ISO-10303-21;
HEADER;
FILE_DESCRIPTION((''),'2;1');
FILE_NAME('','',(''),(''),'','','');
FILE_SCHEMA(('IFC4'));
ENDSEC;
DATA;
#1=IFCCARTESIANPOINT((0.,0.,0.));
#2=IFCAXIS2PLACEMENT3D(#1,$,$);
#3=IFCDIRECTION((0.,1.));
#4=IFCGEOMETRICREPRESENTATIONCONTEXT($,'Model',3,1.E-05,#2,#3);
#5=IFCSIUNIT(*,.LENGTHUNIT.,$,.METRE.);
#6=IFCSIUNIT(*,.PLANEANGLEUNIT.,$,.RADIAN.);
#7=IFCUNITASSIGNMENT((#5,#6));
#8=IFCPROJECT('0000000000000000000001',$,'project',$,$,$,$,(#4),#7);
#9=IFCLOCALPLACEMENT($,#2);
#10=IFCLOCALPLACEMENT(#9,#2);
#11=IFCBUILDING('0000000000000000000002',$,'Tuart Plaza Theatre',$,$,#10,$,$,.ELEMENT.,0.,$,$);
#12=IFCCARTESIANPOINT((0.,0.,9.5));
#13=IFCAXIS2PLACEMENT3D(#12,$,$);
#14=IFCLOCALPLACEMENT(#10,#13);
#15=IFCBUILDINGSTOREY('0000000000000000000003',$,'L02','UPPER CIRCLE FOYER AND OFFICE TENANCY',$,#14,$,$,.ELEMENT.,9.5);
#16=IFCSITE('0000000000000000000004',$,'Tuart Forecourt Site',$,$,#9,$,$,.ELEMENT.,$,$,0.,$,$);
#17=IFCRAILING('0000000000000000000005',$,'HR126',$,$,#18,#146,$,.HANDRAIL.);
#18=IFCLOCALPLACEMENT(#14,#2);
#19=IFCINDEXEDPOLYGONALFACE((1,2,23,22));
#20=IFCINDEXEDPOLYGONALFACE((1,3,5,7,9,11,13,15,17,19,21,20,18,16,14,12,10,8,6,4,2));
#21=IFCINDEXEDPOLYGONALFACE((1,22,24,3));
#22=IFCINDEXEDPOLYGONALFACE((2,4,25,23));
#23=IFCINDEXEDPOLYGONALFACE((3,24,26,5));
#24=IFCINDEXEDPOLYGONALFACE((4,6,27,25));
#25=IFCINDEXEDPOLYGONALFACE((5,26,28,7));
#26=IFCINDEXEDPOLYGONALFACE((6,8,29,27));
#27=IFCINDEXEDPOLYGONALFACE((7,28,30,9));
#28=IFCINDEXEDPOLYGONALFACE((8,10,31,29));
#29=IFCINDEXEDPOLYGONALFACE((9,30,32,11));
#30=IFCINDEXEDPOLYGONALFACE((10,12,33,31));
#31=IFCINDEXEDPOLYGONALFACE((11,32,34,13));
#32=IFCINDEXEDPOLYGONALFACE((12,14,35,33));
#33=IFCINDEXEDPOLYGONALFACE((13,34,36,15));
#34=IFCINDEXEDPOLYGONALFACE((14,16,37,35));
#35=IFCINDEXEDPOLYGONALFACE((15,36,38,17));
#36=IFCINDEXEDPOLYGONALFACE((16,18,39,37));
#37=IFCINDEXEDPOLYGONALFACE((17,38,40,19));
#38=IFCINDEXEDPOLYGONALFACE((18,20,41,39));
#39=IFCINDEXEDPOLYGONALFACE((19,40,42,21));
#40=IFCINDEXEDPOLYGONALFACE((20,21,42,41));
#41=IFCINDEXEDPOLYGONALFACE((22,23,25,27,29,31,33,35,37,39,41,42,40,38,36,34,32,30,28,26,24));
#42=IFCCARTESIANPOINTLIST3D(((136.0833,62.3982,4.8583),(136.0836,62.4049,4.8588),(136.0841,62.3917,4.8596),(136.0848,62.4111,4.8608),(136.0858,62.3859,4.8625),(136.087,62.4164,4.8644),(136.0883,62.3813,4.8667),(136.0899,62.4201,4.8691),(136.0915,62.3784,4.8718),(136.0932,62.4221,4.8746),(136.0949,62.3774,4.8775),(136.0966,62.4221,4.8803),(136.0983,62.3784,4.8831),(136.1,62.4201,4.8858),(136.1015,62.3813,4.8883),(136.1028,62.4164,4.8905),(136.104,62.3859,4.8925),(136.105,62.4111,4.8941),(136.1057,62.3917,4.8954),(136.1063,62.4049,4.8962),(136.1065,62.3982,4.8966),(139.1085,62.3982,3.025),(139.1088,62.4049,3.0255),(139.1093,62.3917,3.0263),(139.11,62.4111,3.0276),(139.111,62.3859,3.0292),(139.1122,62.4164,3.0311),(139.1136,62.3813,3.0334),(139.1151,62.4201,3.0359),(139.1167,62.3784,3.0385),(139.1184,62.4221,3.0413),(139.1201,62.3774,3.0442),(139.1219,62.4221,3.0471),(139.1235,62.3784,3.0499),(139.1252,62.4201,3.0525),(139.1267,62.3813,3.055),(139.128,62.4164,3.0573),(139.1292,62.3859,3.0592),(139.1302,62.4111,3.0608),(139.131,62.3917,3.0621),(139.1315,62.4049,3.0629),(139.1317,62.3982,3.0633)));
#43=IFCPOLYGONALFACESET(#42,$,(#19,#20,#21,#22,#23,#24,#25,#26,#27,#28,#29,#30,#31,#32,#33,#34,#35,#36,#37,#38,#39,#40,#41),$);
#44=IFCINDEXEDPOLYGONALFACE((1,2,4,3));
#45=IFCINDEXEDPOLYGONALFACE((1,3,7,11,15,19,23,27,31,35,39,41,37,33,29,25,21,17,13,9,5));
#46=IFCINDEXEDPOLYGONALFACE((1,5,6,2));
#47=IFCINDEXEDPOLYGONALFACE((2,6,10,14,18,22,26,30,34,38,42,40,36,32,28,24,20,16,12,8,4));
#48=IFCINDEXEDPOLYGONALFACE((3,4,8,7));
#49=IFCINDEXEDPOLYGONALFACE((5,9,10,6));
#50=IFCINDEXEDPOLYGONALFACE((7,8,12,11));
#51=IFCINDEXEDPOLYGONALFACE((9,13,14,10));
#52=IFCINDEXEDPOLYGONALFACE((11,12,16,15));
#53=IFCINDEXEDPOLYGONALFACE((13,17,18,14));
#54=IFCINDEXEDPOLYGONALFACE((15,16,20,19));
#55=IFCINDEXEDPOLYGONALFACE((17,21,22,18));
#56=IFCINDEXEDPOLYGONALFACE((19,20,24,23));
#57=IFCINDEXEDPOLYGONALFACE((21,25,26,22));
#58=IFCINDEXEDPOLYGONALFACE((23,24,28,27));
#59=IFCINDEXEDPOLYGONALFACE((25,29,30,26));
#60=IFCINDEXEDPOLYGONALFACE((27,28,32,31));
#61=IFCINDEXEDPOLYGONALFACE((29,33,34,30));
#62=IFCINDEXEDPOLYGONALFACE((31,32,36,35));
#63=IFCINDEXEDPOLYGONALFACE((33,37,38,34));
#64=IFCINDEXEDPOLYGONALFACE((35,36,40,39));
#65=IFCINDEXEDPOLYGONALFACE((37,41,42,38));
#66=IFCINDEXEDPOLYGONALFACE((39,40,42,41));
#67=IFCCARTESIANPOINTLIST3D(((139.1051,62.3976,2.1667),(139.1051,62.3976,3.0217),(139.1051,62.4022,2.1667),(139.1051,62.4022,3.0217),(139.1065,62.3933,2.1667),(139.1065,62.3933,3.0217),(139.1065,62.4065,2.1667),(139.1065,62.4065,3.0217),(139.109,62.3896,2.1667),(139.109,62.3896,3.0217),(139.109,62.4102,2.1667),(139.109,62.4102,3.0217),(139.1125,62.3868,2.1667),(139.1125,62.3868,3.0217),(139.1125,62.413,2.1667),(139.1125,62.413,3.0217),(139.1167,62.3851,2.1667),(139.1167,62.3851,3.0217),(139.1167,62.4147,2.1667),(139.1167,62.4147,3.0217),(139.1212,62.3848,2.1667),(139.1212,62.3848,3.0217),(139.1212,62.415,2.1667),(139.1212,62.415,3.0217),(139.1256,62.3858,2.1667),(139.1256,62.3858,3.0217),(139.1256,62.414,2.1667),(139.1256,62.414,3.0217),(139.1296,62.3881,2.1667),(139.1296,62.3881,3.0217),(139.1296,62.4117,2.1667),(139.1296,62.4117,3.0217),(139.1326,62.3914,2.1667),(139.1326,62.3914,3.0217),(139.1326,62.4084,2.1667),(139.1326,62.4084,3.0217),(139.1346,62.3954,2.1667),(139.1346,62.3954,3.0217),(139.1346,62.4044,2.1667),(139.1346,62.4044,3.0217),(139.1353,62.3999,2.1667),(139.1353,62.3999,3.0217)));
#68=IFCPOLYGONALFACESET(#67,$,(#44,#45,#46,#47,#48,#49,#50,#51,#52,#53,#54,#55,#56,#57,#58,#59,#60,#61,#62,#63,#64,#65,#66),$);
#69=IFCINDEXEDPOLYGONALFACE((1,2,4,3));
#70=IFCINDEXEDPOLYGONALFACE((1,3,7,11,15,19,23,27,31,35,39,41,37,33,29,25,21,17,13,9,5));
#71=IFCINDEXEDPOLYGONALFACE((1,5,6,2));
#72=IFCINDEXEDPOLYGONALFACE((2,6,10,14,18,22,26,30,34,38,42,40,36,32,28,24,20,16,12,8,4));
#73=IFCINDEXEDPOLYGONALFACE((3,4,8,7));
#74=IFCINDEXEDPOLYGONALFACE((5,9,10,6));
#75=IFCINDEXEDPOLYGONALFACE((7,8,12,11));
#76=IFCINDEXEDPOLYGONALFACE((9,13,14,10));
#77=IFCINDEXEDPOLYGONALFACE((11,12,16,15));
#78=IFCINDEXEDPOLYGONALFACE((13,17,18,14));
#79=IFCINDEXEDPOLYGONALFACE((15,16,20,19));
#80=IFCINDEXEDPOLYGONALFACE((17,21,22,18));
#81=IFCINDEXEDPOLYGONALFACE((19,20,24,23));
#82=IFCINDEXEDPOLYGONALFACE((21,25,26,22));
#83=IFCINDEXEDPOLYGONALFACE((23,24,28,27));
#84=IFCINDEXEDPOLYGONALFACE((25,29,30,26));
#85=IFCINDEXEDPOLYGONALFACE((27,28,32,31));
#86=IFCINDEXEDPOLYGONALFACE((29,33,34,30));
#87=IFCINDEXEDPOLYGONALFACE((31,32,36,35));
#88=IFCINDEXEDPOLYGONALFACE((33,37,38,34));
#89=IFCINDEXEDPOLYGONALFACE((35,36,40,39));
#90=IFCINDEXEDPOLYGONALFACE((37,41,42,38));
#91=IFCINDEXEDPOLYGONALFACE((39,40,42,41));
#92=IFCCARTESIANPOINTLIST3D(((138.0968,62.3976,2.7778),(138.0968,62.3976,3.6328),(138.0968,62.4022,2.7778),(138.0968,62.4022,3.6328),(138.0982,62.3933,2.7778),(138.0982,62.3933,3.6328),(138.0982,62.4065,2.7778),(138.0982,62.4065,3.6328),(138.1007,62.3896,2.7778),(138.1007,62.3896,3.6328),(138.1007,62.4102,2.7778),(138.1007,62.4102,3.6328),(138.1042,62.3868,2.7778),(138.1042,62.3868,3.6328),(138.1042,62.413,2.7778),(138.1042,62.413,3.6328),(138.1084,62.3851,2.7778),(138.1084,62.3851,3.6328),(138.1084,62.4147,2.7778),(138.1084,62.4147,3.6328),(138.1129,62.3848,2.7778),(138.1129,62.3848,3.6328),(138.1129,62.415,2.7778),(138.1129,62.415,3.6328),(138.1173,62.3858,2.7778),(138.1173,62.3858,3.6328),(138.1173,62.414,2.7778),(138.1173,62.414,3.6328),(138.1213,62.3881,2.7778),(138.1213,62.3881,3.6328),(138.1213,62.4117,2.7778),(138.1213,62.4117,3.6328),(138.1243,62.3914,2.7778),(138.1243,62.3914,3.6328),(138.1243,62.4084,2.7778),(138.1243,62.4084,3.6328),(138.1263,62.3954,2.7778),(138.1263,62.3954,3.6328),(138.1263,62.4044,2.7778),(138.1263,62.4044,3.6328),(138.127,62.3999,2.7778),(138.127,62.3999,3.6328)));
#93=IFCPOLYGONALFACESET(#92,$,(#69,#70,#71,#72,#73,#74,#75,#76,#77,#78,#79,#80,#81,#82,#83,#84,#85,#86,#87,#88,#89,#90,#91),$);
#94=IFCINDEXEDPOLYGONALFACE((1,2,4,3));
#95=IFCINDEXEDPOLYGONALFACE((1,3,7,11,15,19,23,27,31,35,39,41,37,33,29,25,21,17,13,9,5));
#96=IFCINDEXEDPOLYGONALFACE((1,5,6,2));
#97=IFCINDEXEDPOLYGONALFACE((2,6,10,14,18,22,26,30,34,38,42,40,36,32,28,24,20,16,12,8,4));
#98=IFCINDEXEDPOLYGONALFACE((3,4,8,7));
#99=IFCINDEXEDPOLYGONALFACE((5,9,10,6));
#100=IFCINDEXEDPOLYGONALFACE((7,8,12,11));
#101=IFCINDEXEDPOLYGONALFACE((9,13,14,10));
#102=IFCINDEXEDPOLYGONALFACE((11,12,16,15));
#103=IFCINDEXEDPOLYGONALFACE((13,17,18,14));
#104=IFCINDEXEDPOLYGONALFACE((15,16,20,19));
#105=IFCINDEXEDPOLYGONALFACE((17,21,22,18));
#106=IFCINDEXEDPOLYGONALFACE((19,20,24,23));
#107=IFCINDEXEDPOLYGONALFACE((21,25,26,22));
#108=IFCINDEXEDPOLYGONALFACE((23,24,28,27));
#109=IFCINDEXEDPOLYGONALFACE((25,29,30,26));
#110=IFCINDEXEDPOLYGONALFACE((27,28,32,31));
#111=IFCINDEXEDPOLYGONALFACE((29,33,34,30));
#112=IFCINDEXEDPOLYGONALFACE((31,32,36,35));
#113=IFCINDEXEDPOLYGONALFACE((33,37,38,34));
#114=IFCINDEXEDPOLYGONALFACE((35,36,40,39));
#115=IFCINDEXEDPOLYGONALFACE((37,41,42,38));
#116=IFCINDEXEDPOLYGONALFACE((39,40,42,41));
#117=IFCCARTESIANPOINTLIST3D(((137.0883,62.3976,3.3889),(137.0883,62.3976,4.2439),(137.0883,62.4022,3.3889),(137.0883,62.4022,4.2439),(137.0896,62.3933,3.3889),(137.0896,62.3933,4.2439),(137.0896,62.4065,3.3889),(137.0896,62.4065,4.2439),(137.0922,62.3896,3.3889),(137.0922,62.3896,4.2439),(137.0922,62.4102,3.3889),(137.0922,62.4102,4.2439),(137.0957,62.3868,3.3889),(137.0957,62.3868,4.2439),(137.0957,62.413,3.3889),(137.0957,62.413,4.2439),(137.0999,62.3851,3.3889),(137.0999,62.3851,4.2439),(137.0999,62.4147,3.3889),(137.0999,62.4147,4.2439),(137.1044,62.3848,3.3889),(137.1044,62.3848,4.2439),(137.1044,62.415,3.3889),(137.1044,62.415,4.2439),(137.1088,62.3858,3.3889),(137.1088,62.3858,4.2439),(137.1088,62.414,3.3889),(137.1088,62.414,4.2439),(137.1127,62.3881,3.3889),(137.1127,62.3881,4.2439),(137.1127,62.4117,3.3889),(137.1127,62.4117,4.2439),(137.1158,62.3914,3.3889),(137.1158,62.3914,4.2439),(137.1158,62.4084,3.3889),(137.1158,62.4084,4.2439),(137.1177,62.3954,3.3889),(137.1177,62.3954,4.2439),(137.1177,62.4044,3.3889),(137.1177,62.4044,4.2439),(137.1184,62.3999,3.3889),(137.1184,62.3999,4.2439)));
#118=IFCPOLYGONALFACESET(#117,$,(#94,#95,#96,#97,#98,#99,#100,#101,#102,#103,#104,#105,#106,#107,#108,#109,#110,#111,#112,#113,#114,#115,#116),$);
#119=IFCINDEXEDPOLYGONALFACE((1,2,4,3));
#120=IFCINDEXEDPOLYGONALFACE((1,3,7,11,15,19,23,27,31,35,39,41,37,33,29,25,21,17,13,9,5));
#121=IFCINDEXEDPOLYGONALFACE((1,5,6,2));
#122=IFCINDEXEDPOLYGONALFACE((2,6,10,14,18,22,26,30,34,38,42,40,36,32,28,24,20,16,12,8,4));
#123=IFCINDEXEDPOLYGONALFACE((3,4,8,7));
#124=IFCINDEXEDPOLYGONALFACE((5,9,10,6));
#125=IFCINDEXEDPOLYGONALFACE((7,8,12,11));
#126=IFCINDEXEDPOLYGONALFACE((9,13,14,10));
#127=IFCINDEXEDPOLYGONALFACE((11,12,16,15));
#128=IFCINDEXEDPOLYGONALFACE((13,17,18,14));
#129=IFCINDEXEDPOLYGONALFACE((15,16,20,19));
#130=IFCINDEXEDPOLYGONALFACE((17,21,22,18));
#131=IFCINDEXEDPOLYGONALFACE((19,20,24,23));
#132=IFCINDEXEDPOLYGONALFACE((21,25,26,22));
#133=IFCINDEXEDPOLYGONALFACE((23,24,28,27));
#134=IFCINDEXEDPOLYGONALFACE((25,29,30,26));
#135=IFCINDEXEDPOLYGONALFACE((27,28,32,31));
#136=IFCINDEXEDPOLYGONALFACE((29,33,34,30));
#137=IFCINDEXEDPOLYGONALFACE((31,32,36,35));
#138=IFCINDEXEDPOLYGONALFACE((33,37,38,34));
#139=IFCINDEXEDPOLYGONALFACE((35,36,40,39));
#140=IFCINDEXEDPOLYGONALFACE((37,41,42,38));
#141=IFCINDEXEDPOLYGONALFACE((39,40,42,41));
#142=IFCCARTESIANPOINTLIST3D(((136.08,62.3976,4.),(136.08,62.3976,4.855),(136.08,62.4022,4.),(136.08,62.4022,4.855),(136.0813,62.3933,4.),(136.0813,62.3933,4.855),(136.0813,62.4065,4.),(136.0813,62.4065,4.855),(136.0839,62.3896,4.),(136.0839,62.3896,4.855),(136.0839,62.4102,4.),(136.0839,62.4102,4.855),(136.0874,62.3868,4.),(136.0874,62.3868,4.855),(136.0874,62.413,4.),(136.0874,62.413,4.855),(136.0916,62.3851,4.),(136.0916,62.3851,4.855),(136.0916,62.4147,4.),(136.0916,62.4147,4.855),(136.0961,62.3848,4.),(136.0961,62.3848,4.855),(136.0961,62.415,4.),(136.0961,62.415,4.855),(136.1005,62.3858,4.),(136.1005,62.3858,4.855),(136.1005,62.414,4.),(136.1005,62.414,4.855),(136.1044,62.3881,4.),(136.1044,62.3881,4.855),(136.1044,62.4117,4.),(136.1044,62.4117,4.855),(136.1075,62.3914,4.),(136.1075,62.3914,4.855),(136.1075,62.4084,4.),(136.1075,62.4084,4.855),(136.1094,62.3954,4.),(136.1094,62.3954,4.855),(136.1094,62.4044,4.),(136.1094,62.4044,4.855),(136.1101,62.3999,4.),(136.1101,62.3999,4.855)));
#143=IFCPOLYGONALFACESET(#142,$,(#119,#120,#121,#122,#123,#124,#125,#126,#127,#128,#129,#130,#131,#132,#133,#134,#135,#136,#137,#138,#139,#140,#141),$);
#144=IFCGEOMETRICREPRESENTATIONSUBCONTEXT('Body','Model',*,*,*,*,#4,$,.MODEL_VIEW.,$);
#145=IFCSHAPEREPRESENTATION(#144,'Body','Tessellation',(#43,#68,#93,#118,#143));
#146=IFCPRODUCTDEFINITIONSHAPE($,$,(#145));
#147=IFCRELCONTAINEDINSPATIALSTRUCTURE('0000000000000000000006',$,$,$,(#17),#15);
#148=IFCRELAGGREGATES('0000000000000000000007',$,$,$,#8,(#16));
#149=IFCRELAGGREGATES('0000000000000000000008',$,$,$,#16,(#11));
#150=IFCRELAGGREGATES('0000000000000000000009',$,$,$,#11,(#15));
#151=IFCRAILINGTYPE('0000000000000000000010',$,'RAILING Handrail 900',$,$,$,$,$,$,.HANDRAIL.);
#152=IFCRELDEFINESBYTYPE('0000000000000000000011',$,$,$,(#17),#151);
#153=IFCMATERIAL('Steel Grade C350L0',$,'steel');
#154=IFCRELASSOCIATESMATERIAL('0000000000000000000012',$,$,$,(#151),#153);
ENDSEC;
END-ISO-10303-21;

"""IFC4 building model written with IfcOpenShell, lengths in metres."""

from ifc_helpers import new_model, si_unit, direction, frame, origin, origin_2d, place, context, subcontext, project, spatial, circle, extrude, material, type_object, element, save


model = new_model("IFC4")

# Units and contexts
model_context = context("Model", 3, precision=1e-05, world=origin(), true_north=direction((0.0, 1.0)))
body_context = subcontext(model_context, "Body", "Model", "MODEL_VIEW")
ifc_project = project(units=[si_unit("LENGTHUNIT", "METRE"), si_unit("PLANEANGLEUNIT", "RADIAN")], contexts=[model_context])

# Site, building, storey
site_placement = place(None, origin())
site = spatial("IfcSite", under=ifc_project, at=site_placement, Name="Tuart Forecourt Site", CompositionType="ELEMENT", RefElevation=0.0)
building_placement = place(site_placement, origin())
building = spatial("IfcBuilding", under=site, at=building_placement, Name="Tuart Plaza Theatre", CompositionType="ELEMENT", ElevationOfRefHeight=0.0)
storey_placement = place(building_placement, frame((0.0, 0.0, 9.5)))
storey = spatial("IfcBuildingStorey", under=building, at=storey_placement, Name="L02", Description="UPPER CIRCLE FOYER AND OFFICE TENANCY", CompositionType="ELEMENT", Elevation=9.5)

# Railing
ifc_material_1 = material(Name="Steel Grade C350L0", Category="steel")
railing_type_1 = type_object("IfcRailingType", Name="RAILING Handrail 900", PredefinedType="HANDRAIL", material=ifc_material_1)
for number, where, name in (
    (1, (139.1201, 62.3999, 2.1667), "HR126"),
):
    element("IfcRailing", number, at=place(storey_placement, frame(where)), inside=storey, type_object=railing_type_1, Name=name, PredefinedType="HANDRAIL", context=body_context, shape_type="SweptSolid", body=[
        extrude(circle(Radius=0.0225, at=origin_2d()), frame((0.0, 0.0, 0.8774), z_axis=(-0.855219, 0.0, 0.518267), x_axis=(0.0, -1.0, 0.0)), (0.0, 0.0, 1.0), 3.5374),
        extrude(circle(Radius=0.0151, at=origin_2d()), origin(), (0.0, 0.0, 1.0), 0.855),
        extrude(circle(Radius=0.0151, at=origin_2d()), frame((-1.0083, 0.0, 0.6111)), (0.0, 0.0, 1.0), 0.855),
        extrude(circle(Radius=0.0151, at=origin_2d()), frame((-2.0168, 0.0, 1.2222)), (0.0, 0.0, 1.0), 0.855),
        extrude(circle(Radius=0.0151, at=origin_2d()), frame((-3.0251, 0.0, 1.8333)), (0.0, 0.0, 1.0), 0.855),
    ])

save(model, "model.ifc")
